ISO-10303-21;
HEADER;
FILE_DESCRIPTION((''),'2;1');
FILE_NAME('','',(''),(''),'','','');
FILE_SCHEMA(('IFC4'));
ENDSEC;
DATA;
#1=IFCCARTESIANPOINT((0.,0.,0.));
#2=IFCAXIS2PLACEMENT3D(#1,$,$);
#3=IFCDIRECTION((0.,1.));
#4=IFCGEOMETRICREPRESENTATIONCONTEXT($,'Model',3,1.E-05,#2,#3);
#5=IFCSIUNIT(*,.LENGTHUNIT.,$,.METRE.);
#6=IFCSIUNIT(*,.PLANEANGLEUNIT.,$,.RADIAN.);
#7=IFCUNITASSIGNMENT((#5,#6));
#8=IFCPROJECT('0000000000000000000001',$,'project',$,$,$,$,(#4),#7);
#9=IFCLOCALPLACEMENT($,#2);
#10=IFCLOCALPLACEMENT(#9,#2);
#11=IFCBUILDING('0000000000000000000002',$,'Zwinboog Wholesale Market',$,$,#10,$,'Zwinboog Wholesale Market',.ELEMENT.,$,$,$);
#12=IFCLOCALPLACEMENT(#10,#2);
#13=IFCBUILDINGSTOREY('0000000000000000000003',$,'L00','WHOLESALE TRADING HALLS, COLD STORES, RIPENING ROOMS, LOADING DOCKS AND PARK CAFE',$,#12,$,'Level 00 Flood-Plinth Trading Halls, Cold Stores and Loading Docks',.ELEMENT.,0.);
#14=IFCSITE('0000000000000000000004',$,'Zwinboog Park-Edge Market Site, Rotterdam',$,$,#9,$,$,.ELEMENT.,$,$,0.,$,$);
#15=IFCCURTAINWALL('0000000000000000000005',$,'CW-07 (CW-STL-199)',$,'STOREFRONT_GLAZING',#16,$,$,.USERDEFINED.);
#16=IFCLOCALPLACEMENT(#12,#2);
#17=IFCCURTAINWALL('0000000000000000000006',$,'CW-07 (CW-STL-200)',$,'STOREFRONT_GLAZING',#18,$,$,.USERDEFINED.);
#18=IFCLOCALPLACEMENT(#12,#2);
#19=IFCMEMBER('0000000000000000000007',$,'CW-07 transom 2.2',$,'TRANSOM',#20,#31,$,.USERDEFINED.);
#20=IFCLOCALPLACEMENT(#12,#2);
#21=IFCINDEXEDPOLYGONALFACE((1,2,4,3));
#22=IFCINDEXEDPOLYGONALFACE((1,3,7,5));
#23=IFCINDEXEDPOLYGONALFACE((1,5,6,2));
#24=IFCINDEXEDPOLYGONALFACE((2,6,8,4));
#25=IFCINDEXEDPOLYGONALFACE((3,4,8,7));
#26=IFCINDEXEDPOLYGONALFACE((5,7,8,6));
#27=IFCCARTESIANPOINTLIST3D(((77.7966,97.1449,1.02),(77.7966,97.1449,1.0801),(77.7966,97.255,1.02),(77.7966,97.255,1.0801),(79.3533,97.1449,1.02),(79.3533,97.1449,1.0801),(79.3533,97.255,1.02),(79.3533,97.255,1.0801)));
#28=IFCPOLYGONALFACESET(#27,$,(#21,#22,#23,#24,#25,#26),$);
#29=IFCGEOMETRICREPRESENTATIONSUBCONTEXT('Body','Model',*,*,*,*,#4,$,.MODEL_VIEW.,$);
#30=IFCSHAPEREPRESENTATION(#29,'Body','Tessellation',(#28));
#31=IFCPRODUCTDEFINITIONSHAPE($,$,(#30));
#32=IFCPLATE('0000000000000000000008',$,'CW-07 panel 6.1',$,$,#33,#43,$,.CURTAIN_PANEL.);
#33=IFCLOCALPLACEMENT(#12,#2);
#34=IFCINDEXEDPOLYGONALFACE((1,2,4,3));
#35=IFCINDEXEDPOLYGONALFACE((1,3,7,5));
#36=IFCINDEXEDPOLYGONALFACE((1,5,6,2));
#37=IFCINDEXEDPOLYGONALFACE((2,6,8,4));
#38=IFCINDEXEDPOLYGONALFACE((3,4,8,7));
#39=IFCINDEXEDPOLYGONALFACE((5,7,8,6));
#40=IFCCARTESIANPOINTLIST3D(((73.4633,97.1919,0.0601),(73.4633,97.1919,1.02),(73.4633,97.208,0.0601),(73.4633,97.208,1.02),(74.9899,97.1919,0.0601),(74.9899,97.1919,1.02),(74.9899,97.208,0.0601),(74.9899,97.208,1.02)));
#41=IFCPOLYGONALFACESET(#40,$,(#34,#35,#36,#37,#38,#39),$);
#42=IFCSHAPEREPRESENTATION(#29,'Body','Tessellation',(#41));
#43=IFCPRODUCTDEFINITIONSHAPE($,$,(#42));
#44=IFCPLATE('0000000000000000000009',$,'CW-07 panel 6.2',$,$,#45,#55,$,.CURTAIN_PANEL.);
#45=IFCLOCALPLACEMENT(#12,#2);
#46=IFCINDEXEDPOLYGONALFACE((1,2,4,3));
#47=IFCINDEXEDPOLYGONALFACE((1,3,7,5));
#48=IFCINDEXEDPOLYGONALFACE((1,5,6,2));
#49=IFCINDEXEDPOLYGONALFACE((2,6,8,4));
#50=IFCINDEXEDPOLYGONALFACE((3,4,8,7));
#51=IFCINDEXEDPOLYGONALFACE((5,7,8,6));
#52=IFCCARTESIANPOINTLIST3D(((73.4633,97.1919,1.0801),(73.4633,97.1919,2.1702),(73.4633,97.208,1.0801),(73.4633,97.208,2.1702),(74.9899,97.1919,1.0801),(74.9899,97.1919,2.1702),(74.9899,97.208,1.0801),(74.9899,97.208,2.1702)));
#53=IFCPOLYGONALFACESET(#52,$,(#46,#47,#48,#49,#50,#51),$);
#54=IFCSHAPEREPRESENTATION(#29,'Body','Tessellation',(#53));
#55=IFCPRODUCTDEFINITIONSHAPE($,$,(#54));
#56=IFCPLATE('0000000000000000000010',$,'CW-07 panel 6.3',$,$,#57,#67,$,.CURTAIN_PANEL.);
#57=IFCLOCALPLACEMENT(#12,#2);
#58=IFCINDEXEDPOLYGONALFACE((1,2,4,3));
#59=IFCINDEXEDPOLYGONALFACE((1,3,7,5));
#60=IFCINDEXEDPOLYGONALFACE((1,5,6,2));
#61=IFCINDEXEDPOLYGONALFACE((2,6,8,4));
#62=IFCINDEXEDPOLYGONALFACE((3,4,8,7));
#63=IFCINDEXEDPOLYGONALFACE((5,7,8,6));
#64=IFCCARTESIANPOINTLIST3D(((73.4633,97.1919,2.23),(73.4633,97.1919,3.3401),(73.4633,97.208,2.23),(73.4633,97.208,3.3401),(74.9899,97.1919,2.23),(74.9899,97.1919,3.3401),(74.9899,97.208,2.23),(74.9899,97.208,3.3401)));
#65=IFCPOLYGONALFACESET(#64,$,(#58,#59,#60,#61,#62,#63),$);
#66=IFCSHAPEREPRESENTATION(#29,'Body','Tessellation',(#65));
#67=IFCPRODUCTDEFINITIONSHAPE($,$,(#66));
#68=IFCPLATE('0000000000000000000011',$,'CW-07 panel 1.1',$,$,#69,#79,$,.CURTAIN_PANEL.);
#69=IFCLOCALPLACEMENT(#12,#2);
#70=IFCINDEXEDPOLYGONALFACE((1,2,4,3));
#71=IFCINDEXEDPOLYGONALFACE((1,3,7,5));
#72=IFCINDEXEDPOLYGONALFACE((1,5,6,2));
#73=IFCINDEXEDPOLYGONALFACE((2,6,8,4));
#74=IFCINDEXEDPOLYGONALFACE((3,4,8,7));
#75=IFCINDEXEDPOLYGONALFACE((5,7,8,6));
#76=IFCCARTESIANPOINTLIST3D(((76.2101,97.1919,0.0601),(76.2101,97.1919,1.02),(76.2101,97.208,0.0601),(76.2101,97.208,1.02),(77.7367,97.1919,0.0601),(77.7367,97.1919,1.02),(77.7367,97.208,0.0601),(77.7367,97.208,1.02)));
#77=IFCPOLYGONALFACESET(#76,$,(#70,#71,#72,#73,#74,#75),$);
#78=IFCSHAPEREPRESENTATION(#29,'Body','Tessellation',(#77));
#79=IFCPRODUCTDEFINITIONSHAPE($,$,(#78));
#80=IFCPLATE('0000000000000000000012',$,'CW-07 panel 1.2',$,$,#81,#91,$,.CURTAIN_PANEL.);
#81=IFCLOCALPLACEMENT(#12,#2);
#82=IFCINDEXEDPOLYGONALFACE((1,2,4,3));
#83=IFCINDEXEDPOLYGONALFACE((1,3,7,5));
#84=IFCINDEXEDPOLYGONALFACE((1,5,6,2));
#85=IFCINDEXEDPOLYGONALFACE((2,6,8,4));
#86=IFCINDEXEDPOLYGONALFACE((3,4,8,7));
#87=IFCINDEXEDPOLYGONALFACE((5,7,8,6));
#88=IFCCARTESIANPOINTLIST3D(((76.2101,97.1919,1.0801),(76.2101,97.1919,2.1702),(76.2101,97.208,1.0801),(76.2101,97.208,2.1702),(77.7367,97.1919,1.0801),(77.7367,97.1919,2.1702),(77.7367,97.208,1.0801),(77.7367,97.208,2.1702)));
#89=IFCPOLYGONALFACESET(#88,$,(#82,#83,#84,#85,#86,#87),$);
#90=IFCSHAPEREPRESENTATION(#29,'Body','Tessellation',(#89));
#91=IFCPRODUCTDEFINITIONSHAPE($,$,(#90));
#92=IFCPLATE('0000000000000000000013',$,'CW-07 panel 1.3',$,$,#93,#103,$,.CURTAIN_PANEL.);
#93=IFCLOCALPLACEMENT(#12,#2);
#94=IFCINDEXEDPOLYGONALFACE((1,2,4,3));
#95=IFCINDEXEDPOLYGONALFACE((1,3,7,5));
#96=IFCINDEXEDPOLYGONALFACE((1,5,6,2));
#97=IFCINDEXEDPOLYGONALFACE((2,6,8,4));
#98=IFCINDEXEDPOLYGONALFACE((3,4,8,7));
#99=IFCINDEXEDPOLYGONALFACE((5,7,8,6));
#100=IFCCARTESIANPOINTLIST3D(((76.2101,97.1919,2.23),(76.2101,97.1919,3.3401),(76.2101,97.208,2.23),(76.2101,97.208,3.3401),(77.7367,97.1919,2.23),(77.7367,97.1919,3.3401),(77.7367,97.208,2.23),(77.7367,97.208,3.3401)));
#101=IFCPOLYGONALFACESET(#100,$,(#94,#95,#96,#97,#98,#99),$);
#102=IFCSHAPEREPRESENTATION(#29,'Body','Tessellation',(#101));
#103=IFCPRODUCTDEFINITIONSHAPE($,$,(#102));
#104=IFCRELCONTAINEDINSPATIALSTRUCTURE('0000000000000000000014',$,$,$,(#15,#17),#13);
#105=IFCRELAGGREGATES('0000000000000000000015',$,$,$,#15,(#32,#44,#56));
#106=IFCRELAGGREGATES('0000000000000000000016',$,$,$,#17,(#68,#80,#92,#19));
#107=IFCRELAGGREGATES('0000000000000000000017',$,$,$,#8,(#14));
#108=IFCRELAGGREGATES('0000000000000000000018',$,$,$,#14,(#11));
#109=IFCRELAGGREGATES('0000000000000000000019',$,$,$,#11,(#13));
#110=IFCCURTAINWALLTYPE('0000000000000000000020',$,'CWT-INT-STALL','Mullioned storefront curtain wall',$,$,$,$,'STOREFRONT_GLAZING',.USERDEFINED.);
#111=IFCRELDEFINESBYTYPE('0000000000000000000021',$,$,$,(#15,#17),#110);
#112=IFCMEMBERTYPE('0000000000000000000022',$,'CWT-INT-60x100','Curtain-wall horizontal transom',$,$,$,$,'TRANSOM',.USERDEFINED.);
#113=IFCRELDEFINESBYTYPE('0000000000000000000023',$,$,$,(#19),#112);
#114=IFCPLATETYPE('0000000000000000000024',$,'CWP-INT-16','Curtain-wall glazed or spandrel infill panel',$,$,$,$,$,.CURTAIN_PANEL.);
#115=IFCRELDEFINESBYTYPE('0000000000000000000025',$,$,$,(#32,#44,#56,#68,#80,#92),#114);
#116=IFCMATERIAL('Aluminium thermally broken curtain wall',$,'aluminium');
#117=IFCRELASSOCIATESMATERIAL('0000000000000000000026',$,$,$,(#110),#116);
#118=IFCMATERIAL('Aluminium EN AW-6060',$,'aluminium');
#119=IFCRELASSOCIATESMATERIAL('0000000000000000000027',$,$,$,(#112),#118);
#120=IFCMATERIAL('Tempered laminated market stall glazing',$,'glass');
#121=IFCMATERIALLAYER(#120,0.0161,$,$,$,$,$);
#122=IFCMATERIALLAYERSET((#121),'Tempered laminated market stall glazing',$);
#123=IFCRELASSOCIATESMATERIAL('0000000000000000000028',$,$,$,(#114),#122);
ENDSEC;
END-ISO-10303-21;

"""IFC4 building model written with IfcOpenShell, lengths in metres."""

from ifc_helpers import new_model, si_unit, direction, frame, origin, origin_2d, place, context, subcontext, project, spatial, rectangle, extrude, material, layer, layer_set, material_profile, profile_set, type_object, element, aggregate, save


model = new_model("IFC4")

# Units and contexts
model_context = context("Model", 3, precision=1e-05, world=origin(), true_north=direction((0.0, 1.0)))
body_context = subcontext(model_context, "Body", "Model", "MODEL_VIEW")
ifc_project = project(units=[si_unit("LENGTHUNIT", "METRE"), si_unit("PLANEANGLEUNIT", "RADIAN")], contexts=[model_context])

# Site, building, storey
site_placement = place(None, origin())
site = spatial("IfcSite", under=ifc_project, at=site_placement, Name="Zwinboog Park-Edge Market Site, Rotterdam", CompositionType="ELEMENT", RefElevation=0.0)
building_placement = place(site_placement, origin())
building = spatial("IfcBuilding", under=site, at=building_placement, Name="Zwinboog Wholesale Market", LongName="Zwinboog Wholesale Market", CompositionType="ELEMENT")
storey_placement = place(building_placement, origin())
storey = spatial("IfcBuildingStorey", under=building, at=storey_placement, Name="L00", Description="WHOLESALE TRADING HALLS, COLD STORES, RIPENING ROOMS, LOADING DOCKS AND PARK CAFE", LongName="Level 00 Flood-Plinth Trading Halls, Cold Stores and Loading Docks", CompositionType="ELEMENT", Elevation=0.0)

# Curtain wall
ifc_material_1 = material(Name="Aluminium thermally broken curtain wall", Category="aluminium")
curtain_wall_type = type_object("IfcCurtainWallType", Name="CWT-INT-STALL", Description="Mullioned storefront curtain wall", ElementType="STOREFRONT_GLAZING", PredefinedType="USERDEFINED", material=ifc_material_1)
curtain_wall_1_placement = place(storey_placement, origin())
curtain_wall_1 = element("IfcCurtainWall", 1, at=curtain_wall_1_placement, inside=storey, type_object=curtain_wall_type, Name="CW-07 (CW-STL-199)", ObjectType="STOREFRONT_GLAZING", PredefinedType="USERDEFINED")
ifc_material_2 = material(Name="Aluminium EN AW-6060", Category="aluminium")

# Curtain wall
curtain_wall_2_placement = place(storey_placement, origin())
curtain_wall_2 = element("IfcCurtainWall", 2, at=curtain_wall_2_placement, inside=storey, type_object=curtain_wall_type, Name="CW-07 (CW-STL-200)", ObjectType="STOREFRONT_GLAZING", PredefinedType="USERDEFINED")

# Member
ifc_material_profile_1 = material_profile(ifc_material_2, rectangle(XDim=0.1101, YDim=0.0601, at=origin_2d()), Name="AL 60x110")
ifc_profile_set_1 = profile_set([ifc_material_profile_1], Name="Aluminium EN AW-6060")
member_type_1 = type_object("IfcMemberType", Name="CWT-INT-60x100", Description="Curtain-wall horizontal transom", ElementType="TRANSOM", PredefinedType="USERDEFINED", material=ifc_profile_set_1)
member_1_placement = place(storey_placement, frame((77.7966, 97.2, 1.05), z_axis=(1.0, 0.0, 0.0), x_axis=(0.0, 1.0, 0.0)))
member_1 = element("IfcMember", 3, at=member_1_placement, type_object=member_type_1, Name="CW-07 transom 2.2", ObjectType="TRANSOM", PredefinedType="USERDEFINED", context=body_context, shape_type="SweptSolid", body=[
    extrude(rectangle(XDim=0.1101, YDim=0.0601, at=origin_2d()), origin(), (0.0, 0.0, 1.0), 1.5566),
])

# Plates
ifc_material_3 = material(Name="Tempered laminated market stall glazing", Category="glass")
ifc_layer = layer(ifc_material_3, 0.0161)
ifc_layer_set = layer_set([ifc_layer], Name="Tempered laminated market stall glazing")
plate_type = type_object("IfcPlateType", Name="CWP-INT-16", Description="Curtain-wall glazed or spandrel infill panel", PredefinedType="CURTAIN_PANEL", material=ifc_layer_set)
plate_1_placement = place(storey_placement, frame((74.2266, 97.2, 0.0601), z_axis=(0.0, 0.0, 1.0), x_axis=(1.0, 0.0, 0.0)))
plate_1 = element("IfcPlate", 4, at=plate_1_placement, type_object=plate_type, Name="CW-07 panel 6.1", PredefinedType="CURTAIN_PANEL", context=body_context, shape_type="SweptSolid", body=[
    extrude(rectangle(XDim=1.5266, YDim=0.0161, at=origin_2d()), origin(), (0.0, 0.0, 1.0), 0.96),
])
plate_2_placement = place(storey_placement, frame((74.2266, 97.2, 1.0801), z_axis=(0.0, 0.0, 1.0), x_axis=(1.0, 0.0, 0.0)))
plate_2 = element("IfcPlate", 5, at=plate_2_placement, type_object=plate_type, Name="CW-07 panel 6.2", PredefinedType="CURTAIN_PANEL", context=body_context, shape_type="SweptSolid", body=[
    extrude(rectangle(XDim=1.5266, YDim=0.0161, at=origin_2d()), origin(), (0.0, 0.0, 1.0), 1.0901),
])
plate_3_placement = place(storey_placement, frame((74.2266, 97.2, 2.23), z_axis=(0.0, 0.0, 1.0), x_axis=(1.0, 0.0, 0.0)))
plate_3 = element("IfcPlate", 6, at=plate_3_placement, type_object=plate_type, Name="CW-07 panel 6.3", PredefinedType="CURTAIN_PANEL", context=body_context, shape_type="SweptSolid", body=[
    extrude(rectangle(XDim=1.5266, YDim=0.0161, at=origin_2d()), origin(), (0.0, 0.0, 1.0), 1.1101),
])
aggregate(curtain_wall_1, [plate_1, plate_2, plate_3])
plate_4_placement = place(storey_placement, frame((76.9734, 97.2, 0.0601), z_axis=(0.0, 0.0, 1.0), x_axis=(1.0, 0.0, 0.0)))
plate_4 = element("IfcPlate", 7, at=plate_4_placement, type_object=plate_type, Name="CW-07 panel 1.1", PredefinedType="CURTAIN_PANEL", context=body_context, shape_type="SweptSolid", body=[
    extrude(rectangle(XDim=1.5266, YDim=0.0161, at=origin_2d()), origin(), (0.0, 0.0, 1.0), 0.96),
])
plate_5_placement = place(storey_placement, frame((76.9734, 97.2, 1.0801), z_axis=(0.0, 0.0, 1.0), x_axis=(1.0, 0.0, 0.0)))
plate_5 = element("IfcPlate", 8, at=plate_5_placement, type_object=plate_type, Name="CW-07 panel 1.2", PredefinedType="CURTAIN_PANEL", context=body_context, shape_type="SweptSolid", body=[
    extrude(rectangle(XDim=1.5266, YDim=0.0161, at=origin_2d()), origin(), (0.0, 0.0, 1.0), 1.0901),
])
plate_6_placement = place(storey_placement, frame((76.9734, 97.2, 2.23), z_axis=(0.0, 0.0, 1.0), x_axis=(1.0, 0.0, 0.0)))
plate_6 = element("IfcPlate", 9, at=plate_6_placement, type_object=plate_type, Name="CW-07 panel 1.3", PredefinedType="CURTAIN_PANEL", context=body_context, shape_type="SweptSolid", body=[
    extrude(rectangle(XDim=1.5266, YDim=0.0161, at=origin_2d()), origin(), (0.0, 0.0, 1.0), 1.1101),
])
aggregate(curtain_wall_2, [plate_4, plate_5, plate_6, member_1])

save(model, "model.ifc")
